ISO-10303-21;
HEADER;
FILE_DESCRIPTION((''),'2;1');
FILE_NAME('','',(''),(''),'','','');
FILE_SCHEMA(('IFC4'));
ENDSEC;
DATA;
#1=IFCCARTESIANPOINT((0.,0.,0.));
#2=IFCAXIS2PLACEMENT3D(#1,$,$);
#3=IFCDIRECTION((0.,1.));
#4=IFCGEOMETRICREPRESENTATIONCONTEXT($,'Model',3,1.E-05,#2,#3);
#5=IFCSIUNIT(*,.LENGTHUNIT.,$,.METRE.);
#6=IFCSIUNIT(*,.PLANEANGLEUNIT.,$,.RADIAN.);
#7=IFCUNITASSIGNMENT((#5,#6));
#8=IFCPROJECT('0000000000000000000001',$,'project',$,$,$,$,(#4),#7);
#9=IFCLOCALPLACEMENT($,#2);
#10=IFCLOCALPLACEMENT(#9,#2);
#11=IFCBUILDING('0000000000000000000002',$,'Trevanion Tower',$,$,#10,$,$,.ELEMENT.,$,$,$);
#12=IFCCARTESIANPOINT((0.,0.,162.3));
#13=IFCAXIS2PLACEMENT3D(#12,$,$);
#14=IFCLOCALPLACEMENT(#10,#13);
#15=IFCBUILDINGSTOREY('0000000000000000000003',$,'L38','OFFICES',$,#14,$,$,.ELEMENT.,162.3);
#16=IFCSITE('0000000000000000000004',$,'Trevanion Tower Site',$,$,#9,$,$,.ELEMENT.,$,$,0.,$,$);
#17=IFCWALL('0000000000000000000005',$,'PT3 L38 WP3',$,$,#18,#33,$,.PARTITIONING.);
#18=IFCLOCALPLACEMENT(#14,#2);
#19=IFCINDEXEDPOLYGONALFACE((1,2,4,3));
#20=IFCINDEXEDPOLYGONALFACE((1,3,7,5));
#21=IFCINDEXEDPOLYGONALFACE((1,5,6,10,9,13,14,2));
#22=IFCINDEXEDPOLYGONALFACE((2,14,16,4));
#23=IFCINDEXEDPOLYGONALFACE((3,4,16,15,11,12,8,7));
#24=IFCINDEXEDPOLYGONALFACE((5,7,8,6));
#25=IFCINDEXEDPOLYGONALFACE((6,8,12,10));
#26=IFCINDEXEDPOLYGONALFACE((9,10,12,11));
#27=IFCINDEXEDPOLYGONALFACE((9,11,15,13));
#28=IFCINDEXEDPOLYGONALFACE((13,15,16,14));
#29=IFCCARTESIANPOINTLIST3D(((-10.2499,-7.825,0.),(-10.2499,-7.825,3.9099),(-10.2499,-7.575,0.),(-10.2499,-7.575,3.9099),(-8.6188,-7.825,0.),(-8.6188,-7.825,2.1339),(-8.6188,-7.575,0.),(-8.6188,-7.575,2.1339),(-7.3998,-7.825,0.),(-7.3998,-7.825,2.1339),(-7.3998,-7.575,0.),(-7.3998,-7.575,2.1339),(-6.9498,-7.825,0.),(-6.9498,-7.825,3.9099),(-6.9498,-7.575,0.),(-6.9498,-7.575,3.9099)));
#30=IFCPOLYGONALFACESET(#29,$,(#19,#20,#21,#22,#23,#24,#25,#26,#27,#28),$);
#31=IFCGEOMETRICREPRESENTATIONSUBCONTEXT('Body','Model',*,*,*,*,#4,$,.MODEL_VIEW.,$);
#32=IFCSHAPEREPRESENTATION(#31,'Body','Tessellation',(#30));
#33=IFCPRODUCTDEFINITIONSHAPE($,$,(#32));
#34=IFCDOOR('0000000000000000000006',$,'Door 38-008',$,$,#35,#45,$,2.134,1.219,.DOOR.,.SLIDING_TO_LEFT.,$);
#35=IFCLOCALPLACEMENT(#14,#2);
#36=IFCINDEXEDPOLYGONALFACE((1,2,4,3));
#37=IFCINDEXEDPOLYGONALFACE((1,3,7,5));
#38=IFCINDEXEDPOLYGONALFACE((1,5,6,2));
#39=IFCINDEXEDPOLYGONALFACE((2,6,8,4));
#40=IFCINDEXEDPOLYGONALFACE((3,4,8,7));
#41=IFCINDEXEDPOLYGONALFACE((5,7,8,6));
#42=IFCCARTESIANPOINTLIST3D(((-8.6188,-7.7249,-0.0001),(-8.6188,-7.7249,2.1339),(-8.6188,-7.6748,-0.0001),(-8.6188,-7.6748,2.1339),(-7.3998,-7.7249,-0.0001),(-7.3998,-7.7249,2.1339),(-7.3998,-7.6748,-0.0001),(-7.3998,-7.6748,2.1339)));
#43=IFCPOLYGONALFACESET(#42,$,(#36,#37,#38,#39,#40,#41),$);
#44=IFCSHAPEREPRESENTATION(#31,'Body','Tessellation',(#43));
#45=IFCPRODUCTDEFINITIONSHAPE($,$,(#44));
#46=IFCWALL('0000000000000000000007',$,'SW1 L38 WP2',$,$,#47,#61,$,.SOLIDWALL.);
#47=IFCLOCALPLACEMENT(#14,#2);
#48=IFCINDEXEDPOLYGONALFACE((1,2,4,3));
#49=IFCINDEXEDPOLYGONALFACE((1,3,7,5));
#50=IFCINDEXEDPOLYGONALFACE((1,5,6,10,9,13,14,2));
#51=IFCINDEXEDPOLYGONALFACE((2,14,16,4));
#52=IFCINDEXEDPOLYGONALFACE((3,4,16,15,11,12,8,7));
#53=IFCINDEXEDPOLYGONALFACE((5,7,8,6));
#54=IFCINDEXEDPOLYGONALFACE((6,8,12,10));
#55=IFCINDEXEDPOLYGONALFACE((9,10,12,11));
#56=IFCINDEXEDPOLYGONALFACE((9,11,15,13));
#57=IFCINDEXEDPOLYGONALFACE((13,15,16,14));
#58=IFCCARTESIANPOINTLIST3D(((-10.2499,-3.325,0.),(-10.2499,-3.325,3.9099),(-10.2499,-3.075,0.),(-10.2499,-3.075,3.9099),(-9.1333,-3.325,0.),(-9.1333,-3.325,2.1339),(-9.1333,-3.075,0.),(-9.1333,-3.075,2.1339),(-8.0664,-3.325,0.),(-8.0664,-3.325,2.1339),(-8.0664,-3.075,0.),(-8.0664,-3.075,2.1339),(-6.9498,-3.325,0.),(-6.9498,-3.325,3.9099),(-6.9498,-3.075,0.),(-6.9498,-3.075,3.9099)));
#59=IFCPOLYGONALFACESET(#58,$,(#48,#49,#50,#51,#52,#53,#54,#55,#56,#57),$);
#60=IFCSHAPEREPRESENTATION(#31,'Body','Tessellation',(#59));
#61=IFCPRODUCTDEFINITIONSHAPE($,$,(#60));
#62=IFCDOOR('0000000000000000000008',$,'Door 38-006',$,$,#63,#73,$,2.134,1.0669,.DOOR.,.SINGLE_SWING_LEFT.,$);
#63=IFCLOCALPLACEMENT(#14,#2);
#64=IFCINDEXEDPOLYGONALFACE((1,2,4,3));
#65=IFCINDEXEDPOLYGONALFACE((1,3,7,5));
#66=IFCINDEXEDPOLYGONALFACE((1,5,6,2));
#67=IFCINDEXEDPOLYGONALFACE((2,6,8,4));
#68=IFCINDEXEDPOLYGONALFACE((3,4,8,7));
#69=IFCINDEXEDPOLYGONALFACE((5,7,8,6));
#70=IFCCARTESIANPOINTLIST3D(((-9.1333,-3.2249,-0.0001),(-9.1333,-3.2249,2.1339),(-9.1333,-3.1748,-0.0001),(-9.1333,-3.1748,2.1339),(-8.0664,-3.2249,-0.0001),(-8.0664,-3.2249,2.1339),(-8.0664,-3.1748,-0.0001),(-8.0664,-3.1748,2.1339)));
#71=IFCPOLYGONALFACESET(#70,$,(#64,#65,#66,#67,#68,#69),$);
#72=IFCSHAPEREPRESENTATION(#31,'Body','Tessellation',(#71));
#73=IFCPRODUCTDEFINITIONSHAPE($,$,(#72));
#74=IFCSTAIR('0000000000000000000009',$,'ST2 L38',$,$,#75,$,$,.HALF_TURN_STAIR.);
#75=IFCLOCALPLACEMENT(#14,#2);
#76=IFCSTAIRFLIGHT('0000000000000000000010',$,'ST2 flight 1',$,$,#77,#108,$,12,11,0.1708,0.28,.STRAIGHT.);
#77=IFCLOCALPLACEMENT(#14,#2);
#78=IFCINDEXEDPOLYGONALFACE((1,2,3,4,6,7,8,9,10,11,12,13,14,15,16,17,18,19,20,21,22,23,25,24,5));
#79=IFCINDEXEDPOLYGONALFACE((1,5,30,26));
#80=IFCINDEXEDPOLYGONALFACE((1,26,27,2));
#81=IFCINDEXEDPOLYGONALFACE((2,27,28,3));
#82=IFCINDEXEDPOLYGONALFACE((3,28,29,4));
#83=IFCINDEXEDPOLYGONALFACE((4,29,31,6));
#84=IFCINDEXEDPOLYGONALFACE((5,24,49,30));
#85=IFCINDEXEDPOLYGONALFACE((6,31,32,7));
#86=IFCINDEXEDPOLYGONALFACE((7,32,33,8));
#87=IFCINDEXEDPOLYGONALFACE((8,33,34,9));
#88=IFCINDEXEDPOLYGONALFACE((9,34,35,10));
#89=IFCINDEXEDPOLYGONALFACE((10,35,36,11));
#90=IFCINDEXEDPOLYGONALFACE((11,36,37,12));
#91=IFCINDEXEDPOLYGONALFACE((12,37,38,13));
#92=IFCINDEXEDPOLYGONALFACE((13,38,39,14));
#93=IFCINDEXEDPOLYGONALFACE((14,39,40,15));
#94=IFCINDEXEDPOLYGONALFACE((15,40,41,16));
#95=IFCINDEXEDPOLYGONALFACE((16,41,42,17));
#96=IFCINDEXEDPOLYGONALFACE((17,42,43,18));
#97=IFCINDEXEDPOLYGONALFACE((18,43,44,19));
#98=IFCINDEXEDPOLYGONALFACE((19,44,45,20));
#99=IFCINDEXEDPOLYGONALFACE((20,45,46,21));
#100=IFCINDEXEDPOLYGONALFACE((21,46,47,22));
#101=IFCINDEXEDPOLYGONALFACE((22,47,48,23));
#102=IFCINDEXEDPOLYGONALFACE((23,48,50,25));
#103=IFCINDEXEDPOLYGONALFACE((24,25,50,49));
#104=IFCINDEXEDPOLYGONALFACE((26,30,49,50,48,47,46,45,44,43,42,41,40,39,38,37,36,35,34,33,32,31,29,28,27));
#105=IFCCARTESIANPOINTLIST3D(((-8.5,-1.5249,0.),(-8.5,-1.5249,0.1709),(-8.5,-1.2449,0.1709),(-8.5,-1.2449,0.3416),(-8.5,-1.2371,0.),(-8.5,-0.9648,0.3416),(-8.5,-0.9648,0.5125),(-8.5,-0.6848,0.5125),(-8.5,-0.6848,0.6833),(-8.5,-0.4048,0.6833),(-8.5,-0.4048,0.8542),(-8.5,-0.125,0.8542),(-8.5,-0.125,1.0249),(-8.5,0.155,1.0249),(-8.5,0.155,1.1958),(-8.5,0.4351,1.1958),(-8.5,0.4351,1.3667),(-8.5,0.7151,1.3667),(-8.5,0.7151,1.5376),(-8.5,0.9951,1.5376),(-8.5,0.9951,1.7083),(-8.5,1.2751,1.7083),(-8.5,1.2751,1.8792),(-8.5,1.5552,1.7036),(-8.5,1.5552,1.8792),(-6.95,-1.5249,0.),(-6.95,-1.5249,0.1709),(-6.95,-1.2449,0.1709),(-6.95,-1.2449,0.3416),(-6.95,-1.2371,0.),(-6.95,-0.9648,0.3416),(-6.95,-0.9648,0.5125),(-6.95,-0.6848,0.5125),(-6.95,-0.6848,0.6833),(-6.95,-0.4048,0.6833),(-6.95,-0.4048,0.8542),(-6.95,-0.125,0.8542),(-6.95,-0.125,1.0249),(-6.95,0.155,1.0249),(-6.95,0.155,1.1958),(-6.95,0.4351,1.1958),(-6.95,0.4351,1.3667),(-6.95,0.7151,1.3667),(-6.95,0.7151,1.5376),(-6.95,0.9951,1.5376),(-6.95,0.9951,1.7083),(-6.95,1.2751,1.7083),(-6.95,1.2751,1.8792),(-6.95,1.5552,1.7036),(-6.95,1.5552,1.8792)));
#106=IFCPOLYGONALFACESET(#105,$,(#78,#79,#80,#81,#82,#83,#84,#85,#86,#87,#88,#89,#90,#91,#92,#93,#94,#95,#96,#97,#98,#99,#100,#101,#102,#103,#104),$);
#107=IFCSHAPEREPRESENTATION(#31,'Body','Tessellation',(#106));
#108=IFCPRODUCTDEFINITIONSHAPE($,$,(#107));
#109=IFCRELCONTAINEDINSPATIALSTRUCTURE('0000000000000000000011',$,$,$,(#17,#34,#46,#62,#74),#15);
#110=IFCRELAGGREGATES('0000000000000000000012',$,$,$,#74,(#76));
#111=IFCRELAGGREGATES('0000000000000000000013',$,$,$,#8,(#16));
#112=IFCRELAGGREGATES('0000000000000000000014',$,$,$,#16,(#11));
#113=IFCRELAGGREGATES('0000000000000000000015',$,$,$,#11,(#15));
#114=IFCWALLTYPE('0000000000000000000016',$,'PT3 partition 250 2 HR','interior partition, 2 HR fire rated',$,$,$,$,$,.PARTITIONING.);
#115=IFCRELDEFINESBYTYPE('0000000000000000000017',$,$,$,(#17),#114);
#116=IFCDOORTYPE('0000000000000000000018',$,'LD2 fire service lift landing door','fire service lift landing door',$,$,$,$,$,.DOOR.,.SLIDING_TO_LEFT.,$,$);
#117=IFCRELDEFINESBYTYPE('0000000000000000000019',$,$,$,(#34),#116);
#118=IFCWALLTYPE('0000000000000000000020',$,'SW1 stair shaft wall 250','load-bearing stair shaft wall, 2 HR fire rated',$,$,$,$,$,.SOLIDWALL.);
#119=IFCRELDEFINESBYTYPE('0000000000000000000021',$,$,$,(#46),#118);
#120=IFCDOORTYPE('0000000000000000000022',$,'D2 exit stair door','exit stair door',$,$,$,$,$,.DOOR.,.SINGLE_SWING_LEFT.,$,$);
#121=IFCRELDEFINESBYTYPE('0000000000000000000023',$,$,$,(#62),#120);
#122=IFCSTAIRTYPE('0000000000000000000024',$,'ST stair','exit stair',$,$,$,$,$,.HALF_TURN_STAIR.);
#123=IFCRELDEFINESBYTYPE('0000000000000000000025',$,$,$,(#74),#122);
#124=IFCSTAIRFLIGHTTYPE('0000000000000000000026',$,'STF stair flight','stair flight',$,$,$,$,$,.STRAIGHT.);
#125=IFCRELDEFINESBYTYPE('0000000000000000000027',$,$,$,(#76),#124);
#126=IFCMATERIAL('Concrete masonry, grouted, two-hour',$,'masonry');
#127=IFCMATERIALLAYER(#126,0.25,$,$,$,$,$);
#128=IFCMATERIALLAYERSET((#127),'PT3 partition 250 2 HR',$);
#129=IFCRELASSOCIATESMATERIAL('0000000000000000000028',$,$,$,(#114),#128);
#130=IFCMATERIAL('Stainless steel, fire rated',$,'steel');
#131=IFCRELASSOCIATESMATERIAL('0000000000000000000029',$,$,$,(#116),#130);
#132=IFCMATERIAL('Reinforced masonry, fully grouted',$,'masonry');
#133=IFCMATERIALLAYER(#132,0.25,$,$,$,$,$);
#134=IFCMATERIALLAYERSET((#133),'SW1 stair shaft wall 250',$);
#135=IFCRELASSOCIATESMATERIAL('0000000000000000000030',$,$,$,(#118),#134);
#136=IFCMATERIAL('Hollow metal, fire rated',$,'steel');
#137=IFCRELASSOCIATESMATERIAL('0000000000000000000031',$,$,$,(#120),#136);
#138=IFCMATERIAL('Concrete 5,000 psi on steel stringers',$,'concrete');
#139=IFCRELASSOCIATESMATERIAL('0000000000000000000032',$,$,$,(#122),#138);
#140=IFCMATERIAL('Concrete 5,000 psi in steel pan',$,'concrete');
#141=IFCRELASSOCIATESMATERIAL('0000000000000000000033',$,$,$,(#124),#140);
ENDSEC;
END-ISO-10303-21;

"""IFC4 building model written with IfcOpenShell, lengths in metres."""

from ifc_helpers import new_model, si_unit, direction, frame, frame_2d, origin, place, context, subcontext, project, spatial, polyline, rectangle, outline, extrude, material, layer, layer_set, type_object, element, fill, aggregate, save


model = new_model("IFC4")

# Units and contexts
model_context = context("Model", 3, precision=1e-05, world=origin(), true_north=direction((0.0, 1.0)))
body_context = subcontext(model_context, "Body", "Model", "MODEL_VIEW")
ifc_project = project(units=[si_unit("LENGTHUNIT", "METRE"), si_unit("PLANEANGLEUNIT", "RADIAN")], contexts=[model_context])

# Site, building, storey
site_placement = place(None, origin())
site = spatial("IfcSite", under=ifc_project, at=site_placement, Name="Trevanion Tower Site", CompositionType="ELEMENT", RefElevation=0.0)
building_placement = place(site_placement, origin())
building = spatial("IfcBuilding", under=site, at=building_placement, Name="Trevanion Tower", CompositionType="ELEMENT")
storey_placement = place(building_placement, frame((0.0, 0.0, 162.3)))
storey = spatial("IfcBuildingStorey", under=building, at=storey_placement, Name="L38", Description="OFFICES", CompositionType="ELEMENT", Elevation=162.3)

# Walls, openings, doors
ifc_material_1 = material(Name="Concrete masonry, grouted, two-hour", Category="masonry")
ifc_layer_1 = layer(ifc_material_1, 0.25)
ifc_layer_set_1 = layer_set([ifc_layer_1], Name="PT3 partition 250 2 HR")
wall_type_1 = type_object("IfcWallType", Name="PT3 partition 250 2 HR", Description="interior partition, 2 HR fire rated", PredefinedType="PARTITIONING", material=ifc_layer_set_1)
wall_1_placement = place(storey_placement, frame((-6.95, -7.7, 0.0), z_axis=(0.0, 0.0, 1.0), x_axis=(-1.0, 0.0, 0.0)))
wall_1 = element("IfcWall", 1, at=wall_1_placement, inside=storey, type_object=wall_type_1, Name="PT3 L38 WP3", PredefinedType="PARTITIONING", context=body_context, shape_type="SweptSolid", body=[
    extrude(rectangle(XDim=3.3, YDim=0.25, at=frame_2d((1.6499, 0.0))), origin(), (0.0, 0.0, 1.0), 3.9099),
])
opening_1_placement = place(wall_1_placement, frame((0.45, 0.0, 0.0)))
opening_1 = element("IfcOpeningElement", 2, at=opening_1_placement, cuts=wall_1, PredefinedType="OPENING", context=body_context, shape_type="SweptSolid", body=[
    extrude(rectangle(XDim=1.219, YDim=2.134, at=frame_2d((0.6094, 1.0669))), frame((0.0, 0.135, 0.0), z_axis=(0.0, -1.0, 0.0), x_axis=(1.0, 0.0, 0.0)), (0.0, 0.0, 1.0), 0.27),
])
ifc_material_2 = material(Name="Stainless steel, fire rated", Category="steel")
door_type_1 = type_object("IfcDoorType", Name="LD2 fire service lift landing door", Description="fire service lift landing door", OperationType="SLIDING_TO_LEFT", PredefinedType="DOOR", material=ifc_material_2)
door_1_placement = place(opening_1_placement, origin())
door_1 = element("IfcDoor", 3, at=door_1_placement, inside=storey, type_object=door_type_1, Name="Door 38-008", OperationType="SLIDING_TO_LEFT", OverallHeight=2.134, OverallWidth=1.219, PredefinedType="DOOR", context=body_context, shape_type="SweptSolid", body=[
    extrude(rectangle(XDim=1.219, YDim=2.134, at=frame_2d((0.6094, 1.0669))), frame((0.0, 0.0249, 0.0), z_axis=(0.0, -1.0, 0.0), x_axis=(1.0, 0.0, 0.0)), (0.0, 0.0, 1.0), 0.05),
])
fill(opening_1, door_1)
ifc_material_3 = material(Name="Reinforced masonry, fully grouted", Category="masonry")
ifc_layer_2 = layer(ifc_material_3, 0.25)
ifc_layer_set_2 = layer_set([ifc_layer_2], Name="SW1 stair shaft wall 250")
wall_type_2 = type_object("IfcWallType", Name="SW1 stair shaft wall 250", Description="load-bearing stair shaft wall, 2 HR fire rated", PredefinedType="SOLIDWALL", material=ifc_layer_set_2)
wall_2_placement = place(storey_placement, frame((-6.95, -3.2, 0.0), z_axis=(0.0, 0.0, 1.0), x_axis=(-1.0, 0.0, 0.0)))
wall_2 = element("IfcWall", 4, at=wall_2_placement, inside=storey, type_object=wall_type_2, Name="SW1 L38 WP2", PredefinedType="SOLIDWALL", context=body_context, shape_type="SweptSolid", body=[
    extrude(rectangle(XDim=3.3, YDim=0.25, at=frame_2d((1.6499, 0.0))), origin(), (0.0, 0.0, 1.0), 3.9099),
])
opening_2_placement = place(wall_2_placement, frame((1.1165, 0.0, 0.0)))
opening_2 = element("IfcOpeningElement", 5, at=opening_2_placement, cuts=wall_2, PredefinedType="OPENING", context=body_context, shape_type="SweptSolid", body=[
    extrude(rectangle(XDim=1.0669, YDim=2.134, at=frame_2d((0.5334, 1.0669))), frame((0.0, 0.135, 0.0), z_axis=(0.0, -1.0, 0.0), x_axis=(1.0, 0.0, 0.0)), (0.0, 0.0, 1.0), 0.27),
])
ifc_material_4 = material(Name="Hollow metal, fire rated", Category="steel")
door_type_2 = type_object("IfcDoorType", Name="D2 exit stair door", Description="exit stair door", OperationType="SINGLE_SWING_LEFT", PredefinedType="DOOR", material=ifc_material_4)
door_2_placement = place(opening_2_placement, origin())
door_2 = element("IfcDoor", 6, at=door_2_placement, inside=storey, type_object=door_type_2, Name="Door 38-006", OperationType="SINGLE_SWING_LEFT", OverallHeight=2.134, OverallWidth=1.0669, PredefinedType="DOOR", context=body_context, shape_type="SweptSolid", body=[
    extrude(rectangle(XDim=1.0669, YDim=2.134, at=frame_2d((0.5334, 1.0669))), frame((0.0, 0.0249, 0.0), z_axis=(0.0, -1.0, 0.0), x_axis=(1.0, 0.0, 0.0)), (0.0, 0.0, 1.0), 0.05),
])
fill(opening_2, door_2)

# Stair, stair flight
ifc_material_5 = material(Name="Concrete 5,000 psi on steel stringers", Category="concrete")
stair_type = type_object("IfcStairType", Name="ST stair", Description="exit stair", PredefinedType="HALF_TURN_STAIR", material=ifc_material_5)
stair_placement = place(storey_placement, origin())
stair = element("IfcStair", 7, at=stair_placement, inside=storey, type_object=stair_type, Name="ST2 L38", PredefinedType="HALF_TURN_STAIR")
ifc_material_6 = material(Name="Concrete 5,000 psi in steel pan", Category="concrete")
stair_flight_type = type_object("IfcStairFlightType", Name="STF stair flight", Description="stair flight", PredefinedType="STRAIGHT", material=ifc_material_6)
stair_flight_placement = place(storey_placement, frame((-7.7251, -1.5249, 0.0), z_axis=(0.0, 0.0, 1.0), x_axis=(0.0, 1.0, 0.0)))
stair_flight = element("IfcStairFlight", 8, at=stair_flight_placement, type_object=stair_flight_type, Name="ST2 flight 1", NumberOfRisers=12, NumberOfTreads=11, PredefinedType="STRAIGHT", RiserHeight=0.1708, TreadLength=0.28, context=body_context, shape_type="SweptSolid", body=[
    extrude(outline(polyline([(0.0, 0.0), (0.0, 0.1709), (0.28, 0.1709), (0.28, 0.3416), (0.5601, 0.3416), (0.5601, 0.5125), (0.8401, 0.5125), (0.8401, 0.6833), (1.1201, 0.6833), (1.1201, 0.8542), (1.3999, 0.8542), (1.3999, 1.0249), (1.6799, 1.0249), (1.6799, 1.1958), (1.96, 1.1958), (1.96, 1.3667), (2.24, 1.3667), (2.24, 1.5376), (2.52, 1.5376), (2.52, 1.7083), (2.8, 1.7083), (2.8, 1.8792), (3.0801, 1.8792), (3.0801, 2.05), (3.0801, 1.7036), (0.2878, 0.0), (0.0, 0.0)])), frame((0.0, 0.7749, 0.0), z_axis=(0.0, -1.0, 0.0), x_axis=(1.0, 0.0, 0.0)), (0.0, 0.0, 1.0), 1.55),
])
aggregate(stair, [stair_flight])

save(model, "model.ifc")
